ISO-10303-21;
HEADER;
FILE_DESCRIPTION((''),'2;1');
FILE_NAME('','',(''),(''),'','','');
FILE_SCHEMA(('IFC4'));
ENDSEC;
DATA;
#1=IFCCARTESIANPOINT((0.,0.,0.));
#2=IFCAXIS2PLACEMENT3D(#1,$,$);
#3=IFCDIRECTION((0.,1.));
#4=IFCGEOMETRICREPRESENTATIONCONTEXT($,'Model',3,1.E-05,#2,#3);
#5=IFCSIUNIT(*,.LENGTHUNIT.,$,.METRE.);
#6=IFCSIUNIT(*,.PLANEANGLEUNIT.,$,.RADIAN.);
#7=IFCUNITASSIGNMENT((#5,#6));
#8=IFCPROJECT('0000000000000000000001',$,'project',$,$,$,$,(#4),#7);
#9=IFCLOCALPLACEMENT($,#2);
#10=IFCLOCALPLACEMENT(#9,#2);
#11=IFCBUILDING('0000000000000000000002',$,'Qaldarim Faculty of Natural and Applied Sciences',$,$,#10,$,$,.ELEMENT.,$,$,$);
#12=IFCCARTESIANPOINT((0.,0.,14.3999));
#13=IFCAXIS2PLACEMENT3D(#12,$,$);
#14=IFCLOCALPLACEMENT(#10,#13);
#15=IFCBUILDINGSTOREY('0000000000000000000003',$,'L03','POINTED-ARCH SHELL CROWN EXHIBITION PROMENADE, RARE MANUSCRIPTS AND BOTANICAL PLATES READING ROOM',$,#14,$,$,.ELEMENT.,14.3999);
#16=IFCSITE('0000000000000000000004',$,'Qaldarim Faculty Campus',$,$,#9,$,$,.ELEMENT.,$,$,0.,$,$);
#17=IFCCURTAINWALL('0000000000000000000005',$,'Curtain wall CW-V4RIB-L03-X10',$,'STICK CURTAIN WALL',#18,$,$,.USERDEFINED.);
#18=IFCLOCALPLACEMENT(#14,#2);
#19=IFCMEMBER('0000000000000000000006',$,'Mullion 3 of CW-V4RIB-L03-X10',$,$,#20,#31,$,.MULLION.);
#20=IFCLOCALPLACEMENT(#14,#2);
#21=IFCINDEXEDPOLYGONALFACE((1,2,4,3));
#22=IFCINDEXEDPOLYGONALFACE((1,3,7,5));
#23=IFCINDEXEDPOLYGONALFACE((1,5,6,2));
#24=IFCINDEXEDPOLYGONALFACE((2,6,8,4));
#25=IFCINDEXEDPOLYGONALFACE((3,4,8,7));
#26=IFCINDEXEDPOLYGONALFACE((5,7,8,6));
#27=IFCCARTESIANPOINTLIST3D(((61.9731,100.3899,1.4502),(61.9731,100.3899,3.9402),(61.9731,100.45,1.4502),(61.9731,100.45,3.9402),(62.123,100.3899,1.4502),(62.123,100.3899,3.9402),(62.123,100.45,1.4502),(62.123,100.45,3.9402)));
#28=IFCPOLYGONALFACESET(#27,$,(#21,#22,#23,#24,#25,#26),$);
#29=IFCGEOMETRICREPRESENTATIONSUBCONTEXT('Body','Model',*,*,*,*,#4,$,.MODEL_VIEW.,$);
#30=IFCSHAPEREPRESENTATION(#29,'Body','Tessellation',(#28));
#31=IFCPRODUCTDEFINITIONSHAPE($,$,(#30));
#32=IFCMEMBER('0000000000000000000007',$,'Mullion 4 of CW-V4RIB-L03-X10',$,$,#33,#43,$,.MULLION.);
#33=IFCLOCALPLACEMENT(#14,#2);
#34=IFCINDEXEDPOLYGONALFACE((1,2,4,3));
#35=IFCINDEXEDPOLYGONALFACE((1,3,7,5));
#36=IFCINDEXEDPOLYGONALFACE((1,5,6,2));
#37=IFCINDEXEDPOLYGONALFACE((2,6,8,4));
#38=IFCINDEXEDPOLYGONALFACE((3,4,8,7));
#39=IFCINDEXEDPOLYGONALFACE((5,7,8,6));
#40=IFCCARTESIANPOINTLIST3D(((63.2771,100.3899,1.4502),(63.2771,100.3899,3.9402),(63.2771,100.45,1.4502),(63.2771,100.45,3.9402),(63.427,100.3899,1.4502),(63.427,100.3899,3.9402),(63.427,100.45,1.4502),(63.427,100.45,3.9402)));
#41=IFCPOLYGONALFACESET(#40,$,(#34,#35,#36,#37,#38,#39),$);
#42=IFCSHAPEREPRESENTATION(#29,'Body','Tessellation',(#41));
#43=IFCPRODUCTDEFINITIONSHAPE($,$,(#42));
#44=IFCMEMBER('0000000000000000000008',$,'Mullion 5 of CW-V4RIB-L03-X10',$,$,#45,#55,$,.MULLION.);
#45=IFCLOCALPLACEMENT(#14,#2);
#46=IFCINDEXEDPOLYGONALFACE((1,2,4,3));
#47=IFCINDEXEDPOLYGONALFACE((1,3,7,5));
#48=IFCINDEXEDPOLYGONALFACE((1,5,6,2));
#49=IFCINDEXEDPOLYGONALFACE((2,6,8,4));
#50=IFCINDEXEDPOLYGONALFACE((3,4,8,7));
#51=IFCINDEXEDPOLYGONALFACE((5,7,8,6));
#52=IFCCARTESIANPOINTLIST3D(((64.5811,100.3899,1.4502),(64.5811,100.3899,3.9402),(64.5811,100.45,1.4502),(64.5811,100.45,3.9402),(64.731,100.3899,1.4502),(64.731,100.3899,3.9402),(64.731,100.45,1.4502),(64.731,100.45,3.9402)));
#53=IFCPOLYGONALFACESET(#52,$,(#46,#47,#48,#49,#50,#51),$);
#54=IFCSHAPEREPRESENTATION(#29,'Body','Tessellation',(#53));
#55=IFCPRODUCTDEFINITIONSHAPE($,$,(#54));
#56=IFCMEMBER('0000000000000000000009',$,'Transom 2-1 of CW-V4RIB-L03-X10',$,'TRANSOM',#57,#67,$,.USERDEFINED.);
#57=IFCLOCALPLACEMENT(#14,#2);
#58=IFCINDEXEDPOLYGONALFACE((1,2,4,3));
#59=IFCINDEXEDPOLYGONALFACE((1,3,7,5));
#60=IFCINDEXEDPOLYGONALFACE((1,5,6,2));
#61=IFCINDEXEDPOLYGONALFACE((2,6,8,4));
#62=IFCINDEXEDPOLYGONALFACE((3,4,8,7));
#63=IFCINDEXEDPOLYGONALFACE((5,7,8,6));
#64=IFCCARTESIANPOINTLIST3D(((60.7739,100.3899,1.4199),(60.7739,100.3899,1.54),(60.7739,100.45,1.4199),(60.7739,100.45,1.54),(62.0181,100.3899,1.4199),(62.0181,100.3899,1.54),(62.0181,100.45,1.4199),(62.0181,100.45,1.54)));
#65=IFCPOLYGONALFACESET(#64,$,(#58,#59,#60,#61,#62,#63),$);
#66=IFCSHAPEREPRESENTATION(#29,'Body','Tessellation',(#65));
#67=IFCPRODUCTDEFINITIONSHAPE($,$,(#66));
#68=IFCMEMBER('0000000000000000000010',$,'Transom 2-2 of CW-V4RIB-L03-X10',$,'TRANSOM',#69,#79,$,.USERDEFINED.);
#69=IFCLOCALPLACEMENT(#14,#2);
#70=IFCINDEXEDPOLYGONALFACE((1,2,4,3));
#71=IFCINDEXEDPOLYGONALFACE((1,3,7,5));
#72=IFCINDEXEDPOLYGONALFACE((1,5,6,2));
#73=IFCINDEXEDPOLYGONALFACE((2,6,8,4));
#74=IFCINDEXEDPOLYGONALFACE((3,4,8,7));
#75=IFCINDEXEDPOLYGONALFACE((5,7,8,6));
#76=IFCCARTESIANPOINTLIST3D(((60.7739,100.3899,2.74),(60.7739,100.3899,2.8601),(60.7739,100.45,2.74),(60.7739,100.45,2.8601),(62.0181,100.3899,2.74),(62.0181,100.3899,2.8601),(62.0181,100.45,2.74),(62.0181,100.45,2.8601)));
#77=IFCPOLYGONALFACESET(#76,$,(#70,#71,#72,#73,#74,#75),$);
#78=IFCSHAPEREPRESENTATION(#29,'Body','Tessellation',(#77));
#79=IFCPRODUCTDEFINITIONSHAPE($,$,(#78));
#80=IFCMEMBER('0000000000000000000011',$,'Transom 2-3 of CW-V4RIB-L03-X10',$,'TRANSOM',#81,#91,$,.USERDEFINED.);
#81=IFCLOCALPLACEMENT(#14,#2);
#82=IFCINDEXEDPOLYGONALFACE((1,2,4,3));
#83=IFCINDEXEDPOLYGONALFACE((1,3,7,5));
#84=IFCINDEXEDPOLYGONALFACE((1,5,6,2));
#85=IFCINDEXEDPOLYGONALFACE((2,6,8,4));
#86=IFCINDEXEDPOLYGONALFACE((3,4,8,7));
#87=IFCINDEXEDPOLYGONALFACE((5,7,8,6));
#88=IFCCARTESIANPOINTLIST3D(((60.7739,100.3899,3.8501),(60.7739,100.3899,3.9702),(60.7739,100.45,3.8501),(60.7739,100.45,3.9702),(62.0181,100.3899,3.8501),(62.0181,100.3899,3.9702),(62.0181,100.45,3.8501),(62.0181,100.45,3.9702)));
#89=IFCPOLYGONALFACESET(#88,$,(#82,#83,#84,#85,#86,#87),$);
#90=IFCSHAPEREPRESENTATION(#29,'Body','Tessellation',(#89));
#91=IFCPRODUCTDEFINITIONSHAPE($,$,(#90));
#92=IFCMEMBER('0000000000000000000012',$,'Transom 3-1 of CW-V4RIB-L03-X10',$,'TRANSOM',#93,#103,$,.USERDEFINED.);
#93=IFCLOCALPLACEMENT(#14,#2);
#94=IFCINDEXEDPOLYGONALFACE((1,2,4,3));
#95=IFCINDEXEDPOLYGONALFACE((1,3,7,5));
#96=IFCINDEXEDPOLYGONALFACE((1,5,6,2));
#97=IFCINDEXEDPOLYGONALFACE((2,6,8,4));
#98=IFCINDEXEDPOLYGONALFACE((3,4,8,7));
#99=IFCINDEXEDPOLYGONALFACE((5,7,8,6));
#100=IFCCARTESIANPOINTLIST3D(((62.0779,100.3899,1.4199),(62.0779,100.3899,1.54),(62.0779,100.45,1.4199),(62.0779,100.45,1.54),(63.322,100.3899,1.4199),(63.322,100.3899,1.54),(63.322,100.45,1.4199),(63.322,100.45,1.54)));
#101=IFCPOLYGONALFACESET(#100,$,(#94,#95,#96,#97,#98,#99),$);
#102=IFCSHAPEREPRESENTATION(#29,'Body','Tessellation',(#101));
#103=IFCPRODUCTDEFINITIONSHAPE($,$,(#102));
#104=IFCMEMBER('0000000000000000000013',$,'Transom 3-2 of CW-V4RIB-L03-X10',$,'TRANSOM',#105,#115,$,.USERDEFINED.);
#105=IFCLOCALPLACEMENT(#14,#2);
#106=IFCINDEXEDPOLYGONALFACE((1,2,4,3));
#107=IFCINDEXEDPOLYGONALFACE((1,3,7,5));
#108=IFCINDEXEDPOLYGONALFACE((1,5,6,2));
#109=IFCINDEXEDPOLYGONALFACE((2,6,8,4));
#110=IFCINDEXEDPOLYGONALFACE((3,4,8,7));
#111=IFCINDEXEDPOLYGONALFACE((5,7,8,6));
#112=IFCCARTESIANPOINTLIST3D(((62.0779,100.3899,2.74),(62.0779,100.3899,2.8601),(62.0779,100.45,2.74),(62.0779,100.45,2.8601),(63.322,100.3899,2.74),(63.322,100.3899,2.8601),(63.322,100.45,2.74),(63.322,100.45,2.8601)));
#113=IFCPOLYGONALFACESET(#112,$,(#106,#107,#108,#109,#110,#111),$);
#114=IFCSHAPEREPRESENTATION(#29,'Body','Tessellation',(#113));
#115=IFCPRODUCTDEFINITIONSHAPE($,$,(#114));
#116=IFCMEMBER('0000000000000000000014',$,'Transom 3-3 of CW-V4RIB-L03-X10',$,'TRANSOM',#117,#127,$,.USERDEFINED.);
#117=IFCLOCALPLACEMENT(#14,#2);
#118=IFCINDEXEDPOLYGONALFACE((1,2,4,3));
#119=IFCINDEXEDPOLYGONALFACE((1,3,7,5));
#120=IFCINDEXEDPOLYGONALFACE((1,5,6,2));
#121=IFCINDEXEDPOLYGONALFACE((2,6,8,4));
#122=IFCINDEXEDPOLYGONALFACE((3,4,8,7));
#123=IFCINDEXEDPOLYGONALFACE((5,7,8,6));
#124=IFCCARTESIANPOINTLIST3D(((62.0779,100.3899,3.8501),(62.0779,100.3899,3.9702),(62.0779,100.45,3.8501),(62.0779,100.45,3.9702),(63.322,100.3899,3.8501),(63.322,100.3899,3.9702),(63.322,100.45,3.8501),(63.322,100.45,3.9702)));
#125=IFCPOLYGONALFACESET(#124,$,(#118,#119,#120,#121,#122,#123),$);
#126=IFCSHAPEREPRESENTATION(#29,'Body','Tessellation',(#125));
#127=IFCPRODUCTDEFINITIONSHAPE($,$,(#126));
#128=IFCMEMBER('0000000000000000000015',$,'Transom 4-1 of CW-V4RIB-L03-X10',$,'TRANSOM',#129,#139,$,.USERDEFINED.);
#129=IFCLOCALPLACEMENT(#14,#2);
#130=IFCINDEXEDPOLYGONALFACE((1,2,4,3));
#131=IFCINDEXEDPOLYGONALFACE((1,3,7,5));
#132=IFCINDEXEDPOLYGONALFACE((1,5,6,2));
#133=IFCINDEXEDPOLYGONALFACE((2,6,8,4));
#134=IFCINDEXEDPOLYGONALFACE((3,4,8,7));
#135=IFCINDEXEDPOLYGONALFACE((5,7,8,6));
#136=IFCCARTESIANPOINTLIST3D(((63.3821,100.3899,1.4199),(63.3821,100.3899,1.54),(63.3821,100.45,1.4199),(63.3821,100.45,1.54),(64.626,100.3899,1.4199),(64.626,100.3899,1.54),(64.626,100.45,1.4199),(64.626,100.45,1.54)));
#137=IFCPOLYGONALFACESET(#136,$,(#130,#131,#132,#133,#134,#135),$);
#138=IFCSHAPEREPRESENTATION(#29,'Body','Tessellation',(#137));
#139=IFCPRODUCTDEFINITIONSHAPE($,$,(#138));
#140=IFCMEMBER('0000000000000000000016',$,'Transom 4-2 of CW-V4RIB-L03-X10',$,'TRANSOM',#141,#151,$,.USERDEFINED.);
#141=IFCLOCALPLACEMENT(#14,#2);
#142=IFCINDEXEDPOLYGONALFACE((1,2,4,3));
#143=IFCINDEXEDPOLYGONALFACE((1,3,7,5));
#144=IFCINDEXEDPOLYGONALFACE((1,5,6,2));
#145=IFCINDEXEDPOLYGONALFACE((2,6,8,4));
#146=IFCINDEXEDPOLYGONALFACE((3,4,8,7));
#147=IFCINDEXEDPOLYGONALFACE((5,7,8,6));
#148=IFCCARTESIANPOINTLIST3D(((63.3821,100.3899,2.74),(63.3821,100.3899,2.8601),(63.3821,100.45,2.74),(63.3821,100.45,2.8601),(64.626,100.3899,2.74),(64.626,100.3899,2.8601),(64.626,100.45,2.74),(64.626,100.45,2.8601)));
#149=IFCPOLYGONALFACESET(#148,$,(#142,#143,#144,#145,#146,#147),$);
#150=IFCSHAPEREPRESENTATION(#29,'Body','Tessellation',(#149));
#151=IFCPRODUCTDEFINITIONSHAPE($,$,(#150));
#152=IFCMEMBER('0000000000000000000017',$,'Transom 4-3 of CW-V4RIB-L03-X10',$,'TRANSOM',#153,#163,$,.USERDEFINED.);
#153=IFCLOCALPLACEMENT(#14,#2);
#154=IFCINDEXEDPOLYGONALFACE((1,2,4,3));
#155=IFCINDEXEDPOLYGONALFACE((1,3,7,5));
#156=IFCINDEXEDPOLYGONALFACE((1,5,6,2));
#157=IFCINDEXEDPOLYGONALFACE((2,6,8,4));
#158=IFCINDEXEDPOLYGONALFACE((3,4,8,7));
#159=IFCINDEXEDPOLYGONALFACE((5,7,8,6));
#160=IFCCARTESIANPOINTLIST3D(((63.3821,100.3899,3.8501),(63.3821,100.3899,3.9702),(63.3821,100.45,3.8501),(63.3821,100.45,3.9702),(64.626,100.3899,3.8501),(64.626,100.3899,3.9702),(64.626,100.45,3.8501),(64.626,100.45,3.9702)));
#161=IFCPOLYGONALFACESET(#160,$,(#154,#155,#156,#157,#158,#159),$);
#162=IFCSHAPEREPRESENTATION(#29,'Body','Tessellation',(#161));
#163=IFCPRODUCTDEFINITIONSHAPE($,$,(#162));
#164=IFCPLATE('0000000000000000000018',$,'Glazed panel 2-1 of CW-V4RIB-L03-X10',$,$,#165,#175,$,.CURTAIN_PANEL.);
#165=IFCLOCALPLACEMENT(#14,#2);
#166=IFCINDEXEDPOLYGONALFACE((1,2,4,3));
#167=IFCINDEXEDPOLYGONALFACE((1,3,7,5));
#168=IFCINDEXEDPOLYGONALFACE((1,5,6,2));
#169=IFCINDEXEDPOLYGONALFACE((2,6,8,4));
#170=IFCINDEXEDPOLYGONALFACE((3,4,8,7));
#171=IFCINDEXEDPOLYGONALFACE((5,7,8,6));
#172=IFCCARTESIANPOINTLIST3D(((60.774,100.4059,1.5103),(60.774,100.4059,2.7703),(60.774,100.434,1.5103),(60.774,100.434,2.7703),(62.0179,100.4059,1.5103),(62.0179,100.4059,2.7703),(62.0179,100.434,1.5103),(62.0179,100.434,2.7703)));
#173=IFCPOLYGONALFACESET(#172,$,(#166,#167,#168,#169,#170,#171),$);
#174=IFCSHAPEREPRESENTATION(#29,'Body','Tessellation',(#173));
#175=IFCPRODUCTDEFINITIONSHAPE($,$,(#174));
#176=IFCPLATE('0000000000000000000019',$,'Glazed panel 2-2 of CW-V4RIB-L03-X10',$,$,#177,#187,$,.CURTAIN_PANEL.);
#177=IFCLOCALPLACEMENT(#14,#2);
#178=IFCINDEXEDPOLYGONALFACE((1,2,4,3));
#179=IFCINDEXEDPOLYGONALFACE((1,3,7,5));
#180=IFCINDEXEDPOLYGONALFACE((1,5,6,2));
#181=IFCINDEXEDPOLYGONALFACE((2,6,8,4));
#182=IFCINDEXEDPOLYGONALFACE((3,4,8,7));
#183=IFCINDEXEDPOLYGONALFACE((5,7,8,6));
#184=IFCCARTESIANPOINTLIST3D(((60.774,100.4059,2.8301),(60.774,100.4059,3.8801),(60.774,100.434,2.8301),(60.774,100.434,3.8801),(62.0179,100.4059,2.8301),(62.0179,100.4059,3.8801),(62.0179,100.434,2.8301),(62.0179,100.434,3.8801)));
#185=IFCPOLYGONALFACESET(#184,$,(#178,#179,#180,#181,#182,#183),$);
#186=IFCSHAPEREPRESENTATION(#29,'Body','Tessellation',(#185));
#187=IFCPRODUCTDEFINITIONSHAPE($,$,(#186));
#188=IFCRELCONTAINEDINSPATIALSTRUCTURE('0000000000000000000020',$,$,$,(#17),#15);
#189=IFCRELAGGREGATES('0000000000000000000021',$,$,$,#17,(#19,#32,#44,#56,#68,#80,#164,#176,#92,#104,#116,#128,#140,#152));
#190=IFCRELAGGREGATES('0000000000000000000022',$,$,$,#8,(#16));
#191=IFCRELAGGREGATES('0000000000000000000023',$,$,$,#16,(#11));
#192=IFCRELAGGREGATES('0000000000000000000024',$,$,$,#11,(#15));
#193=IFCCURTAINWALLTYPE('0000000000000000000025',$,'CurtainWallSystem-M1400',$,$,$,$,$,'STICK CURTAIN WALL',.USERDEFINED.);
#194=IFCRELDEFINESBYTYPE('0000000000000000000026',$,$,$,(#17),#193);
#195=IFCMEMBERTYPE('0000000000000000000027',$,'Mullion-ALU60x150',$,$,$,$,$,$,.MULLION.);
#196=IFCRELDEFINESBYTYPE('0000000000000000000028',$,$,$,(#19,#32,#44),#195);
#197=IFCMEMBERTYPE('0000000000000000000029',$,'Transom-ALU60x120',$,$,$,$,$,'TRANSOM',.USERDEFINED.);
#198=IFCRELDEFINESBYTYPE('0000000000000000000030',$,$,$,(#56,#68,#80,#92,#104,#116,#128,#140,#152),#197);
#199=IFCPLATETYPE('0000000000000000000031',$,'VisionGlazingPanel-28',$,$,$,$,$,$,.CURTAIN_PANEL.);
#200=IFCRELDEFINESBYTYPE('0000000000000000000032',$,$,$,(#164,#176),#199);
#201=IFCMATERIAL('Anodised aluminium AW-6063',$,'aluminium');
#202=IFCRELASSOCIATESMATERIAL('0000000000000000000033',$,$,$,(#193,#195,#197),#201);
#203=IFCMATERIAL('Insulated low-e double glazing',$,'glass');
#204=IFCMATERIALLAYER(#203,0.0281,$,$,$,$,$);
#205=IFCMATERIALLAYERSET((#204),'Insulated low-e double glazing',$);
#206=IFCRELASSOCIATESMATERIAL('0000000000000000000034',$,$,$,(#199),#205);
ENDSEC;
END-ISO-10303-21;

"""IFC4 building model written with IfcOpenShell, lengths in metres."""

from ifc_helpers import new_model, si_unit, direction, frame, origin, origin_2d, place, context, subcontext, project, spatial, rectangle, extrude, material, layer, layer_set, material_profile, profile_set, type_object, element, aggregate, save


model = new_model("IFC4")

# Units and contexts
model_context = context("Model", 3, precision=1e-05, world=origin(), true_north=direction((0.0, 1.0)))
body_context = subcontext(model_context, "Body", "Model", "MODEL_VIEW")
ifc_project = project(units=[si_unit("LENGTHUNIT", "METRE"), si_unit("PLANEANGLEUNIT", "RADIAN")], contexts=[model_context])

# Site, building, storey
site_placement = place(None, origin())
site = spatial("IfcSite", under=ifc_project, at=site_placement, Name="Qaldarim Faculty Campus", CompositionType="ELEMENT", RefElevation=0.0)
building_placement = place(site_placement, origin())
building = spatial("IfcBuilding", under=site, at=building_placement, Name="Qaldarim Faculty of Natural and Applied Sciences", CompositionType="ELEMENT")
storey_placement = place(building_placement, frame((0.0, 0.0, 14.3999)))
storey = spatial("IfcBuildingStorey", under=building, at=storey_placement, Name="L03", Description="POINTED-ARCH SHELL CROWN EXHIBITION PROMENADE, RARE MANUSCRIPTS AND BOTANICAL PLATES READING ROOM", CompositionType="ELEMENT", Elevation=14.3999)

# Curtain wall, members, plates
ifc_material_1 = material(Name="Anodised aluminium AW-6063", Category="aluminium")
curtain_wall_type = type_object("IfcCurtainWallType", Name="CurtainWallSystem-M1400", ElementType="STICK CURTAIN WALL", PredefinedType="USERDEFINED", material=ifc_material_1)
curtain_wall_placement = place(storey_placement, origin())
curtain_wall = element("IfcCurtainWall", 1, at=curtain_wall_placement, inside=storey, type_object=curtain_wall_type, Name="Curtain wall CW-V4RIB-L03-X10", ObjectType="STICK CURTAIN WALL", PredefinedType="USERDEFINED")
ifc_material_profile_1 = material_profile(ifc_material_1, rectangle(XDim=0.0601, YDim=0.1499, at=origin_2d()), Name="ALU-M60x150")
ifc_profile_set_1 = profile_set([ifc_material_profile_1], Name="Anodised aluminium AW-6063")
member_type_1 = type_object("IfcMemberType", Name="Mullion-ALU60x150", PredefinedType="MULLION", material=ifc_profile_set_1)
member_1_placement = place(storey_placement, frame((62.0481, 100.4199, 1.4502), z_axis=(0.0, 0.0, 1.0), x_axis=(0.0, 1.0, 0.0)))
member_1 = element("IfcMember", 2, at=member_1_placement, type_object=member_type_1, Name="Mullion 3 of CW-V4RIB-L03-X10", PredefinedType="MULLION", context=body_context, shape_type="SweptSolid", body=[
    extrude(rectangle(XDim=0.0601, YDim=0.1499, at=origin_2d()), origin(), (0.0, 0.0, 1.0), 2.49),
])
member_2_placement = place(storey_placement, frame((63.3521, 100.4199, 1.4502), z_axis=(0.0, 0.0, 1.0), x_axis=(0.0, 1.0, 0.0)))
member_2 = element("IfcMember", 3, at=member_2_placement, type_object=member_type_1, Name="Mullion 4 of CW-V4RIB-L03-X10", PredefinedType="MULLION", context=body_context, shape_type="SweptSolid", body=[
    extrude(rectangle(XDim=0.0601, YDim=0.1499, at=origin_2d()), origin(), (0.0, 0.0, 1.0), 2.49),
])
member_3_placement = place(storey_placement, frame((64.656, 100.4199, 1.4502), z_axis=(0.0, 0.0, 1.0), x_axis=(0.0, 1.0, 0.0)))
member_3 = element("IfcMember", 4, at=member_3_placement, type_object=member_type_1, Name="Mullion 5 of CW-V4RIB-L03-X10", PredefinedType="MULLION", context=body_context, shape_type="SweptSolid", body=[
    extrude(rectangle(XDim=0.0601, YDim=0.1499, at=origin_2d()), origin(), (0.0, 0.0, 1.0), 2.49),
])
ifc_material_profile_2 = material_profile(ifc_material_1, rectangle(XDim=0.0601, YDim=0.1201, at=origin_2d()), Name="ALU-T60x120")
ifc_profile_set_2 = profile_set([ifc_material_profile_2], Name="Anodised aluminium AW-6063")
member_type_2 = type_object("IfcMemberType", Name="Transom-ALU60x120", ElementType="TRANSOM", PredefinedType="USERDEFINED", material=ifc_profile_set_2)
member_4_placement = place(storey_placement, frame((60.7739, 100.4199, 1.48), z_axis=(1.0, 0.0, 0.0), x_axis=(0.0, 1.0, 0.0)))
member_4 = element("IfcMember", 5, at=member_4_placement, type_object=member_type_2, Name="Transom 2-1 of CW-V4RIB-L03-X10", ObjectType="TRANSOM", PredefinedType="USERDEFINED", context=body_context, shape_type="SweptSolid", body=[
    extrude(rectangle(XDim=0.0601, YDim=0.1201, at=origin_2d()), origin(), (0.0, 0.0, 1.0), 1.2441),
])
member_5_placement = place(storey_placement, frame((60.7739, 100.4199, 2.8), z_axis=(1.0, 0.0, 0.0), x_axis=(0.0, 1.0, 0.0)))
member_5 = element("IfcMember", 6, at=member_5_placement, type_object=member_type_2, Name="Transom 2-2 of CW-V4RIB-L03-X10", ObjectType="TRANSOM", PredefinedType="USERDEFINED", context=body_context, shape_type="SweptSolid", body=[
    extrude(rectangle(XDim=0.0601, YDim=0.1201, at=origin_2d()), origin(), (0.0, 0.0, 1.0), 1.2441),
])
member_6_placement = place(storey_placement, frame((60.7739, 100.4199, 3.9102), z_axis=(1.0, 0.0, 0.0), x_axis=(0.0, 1.0, 0.0)))
member_6 = element("IfcMember", 7, at=member_6_placement, type_object=member_type_2, Name="Transom 2-3 of CW-V4RIB-L03-X10", ObjectType="TRANSOM", PredefinedType="USERDEFINED", context=body_context, shape_type="SweptSolid", body=[
    extrude(rectangle(XDim=0.0601, YDim=0.1201, at=origin_2d()), origin(), (0.0, 0.0, 1.0), 1.2441),
])
member_7_placement = place(storey_placement, frame((62.0779, 100.4199, 1.48), z_axis=(1.0, 0.0, 0.0), x_axis=(0.0, 1.0, 0.0)))
member_7 = element("IfcMember", 8, at=member_7_placement, type_object=member_type_2, Name="Transom 3-1 of CW-V4RIB-L03-X10", ObjectType="TRANSOM", PredefinedType="USERDEFINED", context=body_context, shape_type="SweptSolid", body=[
    extrude(rectangle(XDim=0.0601, YDim=0.1201, at=origin_2d()), origin(), (0.0, 0.0, 1.0), 1.2441),
])
member_8_placement = place(storey_placement, frame((62.0779, 100.4199, 2.8), z_axis=(1.0, 0.0, 0.0), x_axis=(0.0, 1.0, 0.0)))
member_8 = element("IfcMember", 9, at=member_8_placement, type_object=member_type_2, Name="Transom 3-2 of CW-V4RIB-L03-X10", ObjectType="TRANSOM", PredefinedType="USERDEFINED", context=body_context, shape_type="SweptSolid", body=[
    extrude(rectangle(XDim=0.0601, YDim=0.1201, at=origin_2d()), origin(), (0.0, 0.0, 1.0), 1.2441),
])
member_9_placement = place(storey_placement, frame((62.0779, 100.4199, 3.9102), z_axis=(1.0, 0.0, 0.0), x_axis=(0.0, 1.0, 0.0)))
member_9 = element("IfcMember", 10, at=member_9_placement, type_object=member_type_2, Name="Transom 3-3 of CW-V4RIB-L03-X10", ObjectType="TRANSOM", PredefinedType="USERDEFINED", context=body_context, shape_type="SweptSolid", body=[
    extrude(rectangle(XDim=0.0601, YDim=0.1201, at=origin_2d()), origin(), (0.0, 0.0, 1.0), 1.2441),
])
member_10_placement = place(storey_placement, frame((63.3821, 100.4199, 1.48), z_axis=(1.0, 0.0, 0.0), x_axis=(0.0, 1.0, 0.0)))
member_10 = element("IfcMember", 11, at=member_10_placement, type_object=member_type_2, Name="Transom 4-1 of CW-V4RIB-L03-X10", ObjectType="TRANSOM", PredefinedType="USERDEFINED", context=body_context, shape_type="SweptSolid", body=[
    extrude(rectangle(XDim=0.0601, YDim=0.1201, at=origin_2d()), origin(), (0.0, 0.0, 1.0), 1.2439),
])
member_11_placement = place(storey_placement, frame((63.3821, 100.4199, 2.8), z_axis=(1.0, 0.0, 0.0), x_axis=(0.0, 1.0, 0.0)))
member_11 = element("IfcMember", 12, at=member_11_placement, type_object=member_type_2, Name="Transom 4-2 of CW-V4RIB-L03-X10", ObjectType="TRANSOM", PredefinedType="USERDEFINED", context=body_context, shape_type="SweptSolid", body=[
    extrude(rectangle(XDim=0.0601, YDim=0.1201, at=origin_2d()), origin(), (0.0, 0.0, 1.0), 1.2439),
])
member_12_placement = place(storey_placement, frame((63.3821, 100.4199, 3.9102), z_axis=(1.0, 0.0, 0.0), x_axis=(0.0, 1.0, 0.0)))
member_12 = element("IfcMember", 13, at=member_12_placement, type_object=member_type_2, Name="Transom 4-3 of CW-V4RIB-L03-X10", ObjectType="TRANSOM", PredefinedType="USERDEFINED", context=body_context, shape_type="SweptSolid", body=[
    extrude(rectangle(XDim=0.0601, YDim=0.1201, at=origin_2d()), origin(), (0.0, 0.0, 1.0), 1.2439),
])
ifc_material_2 = material(Name="Insulated low-e double glazing", Category="glass")
ifc_layer_1 = layer(ifc_material_2, 0.0281)
ifc_layer_set_1 = layer_set([ifc_layer_1], Name="Insulated low-e double glazing")
plate_type = type_object("IfcPlateType", Name="VisionGlazingPanel-28", PredefinedType="CURTAIN_PANEL", material=ifc_layer_set_1)
plate_1_placement = place(storey_placement, frame((61.396, 100.4199, 1.5103), z_axis=(0.0, 0.0, 1.0), x_axis=(1.0, 0.0, 0.0)))
plate_1 = element("IfcPlate", 14, at=plate_1_placement, type_object=plate_type, Name="Glazed panel 2-1 of CW-V4RIB-L03-X10", PredefinedType="CURTAIN_PANEL", context=body_context, shape_type="SweptSolid", body=[
    extrude(rectangle(XDim=1.2439, YDim=0.0281, at=origin_2d()), origin(), (0.0, 0.0, 1.0), 1.26),
])
plate_2_placement = place(storey_placement, frame((61.396, 100.4199, 2.8301), z_axis=(0.0, 0.0, 1.0), x_axis=(1.0, 0.0, 0.0)))
plate_2 = element("IfcPlate", 15, at=plate_2_placement, type_object=plate_type, Name="Glazed panel 2-2 of CW-V4RIB-L03-X10", PredefinedType="CURTAIN_PANEL", context=body_context, shape_type="SweptSolid", body=[
    extrude(rectangle(XDim=1.2439, YDim=0.0281, at=origin_2d()), origin(), (0.0, 0.0, 1.0), 1.05),
])
aggregate(curtain_wall, [member_1, member_2, member_3, member_4, member_5, member_6, plate_1, plate_2, member_7, member_8, member_9, member_10, member_11, member_12])

save(model, "model.ifc")
